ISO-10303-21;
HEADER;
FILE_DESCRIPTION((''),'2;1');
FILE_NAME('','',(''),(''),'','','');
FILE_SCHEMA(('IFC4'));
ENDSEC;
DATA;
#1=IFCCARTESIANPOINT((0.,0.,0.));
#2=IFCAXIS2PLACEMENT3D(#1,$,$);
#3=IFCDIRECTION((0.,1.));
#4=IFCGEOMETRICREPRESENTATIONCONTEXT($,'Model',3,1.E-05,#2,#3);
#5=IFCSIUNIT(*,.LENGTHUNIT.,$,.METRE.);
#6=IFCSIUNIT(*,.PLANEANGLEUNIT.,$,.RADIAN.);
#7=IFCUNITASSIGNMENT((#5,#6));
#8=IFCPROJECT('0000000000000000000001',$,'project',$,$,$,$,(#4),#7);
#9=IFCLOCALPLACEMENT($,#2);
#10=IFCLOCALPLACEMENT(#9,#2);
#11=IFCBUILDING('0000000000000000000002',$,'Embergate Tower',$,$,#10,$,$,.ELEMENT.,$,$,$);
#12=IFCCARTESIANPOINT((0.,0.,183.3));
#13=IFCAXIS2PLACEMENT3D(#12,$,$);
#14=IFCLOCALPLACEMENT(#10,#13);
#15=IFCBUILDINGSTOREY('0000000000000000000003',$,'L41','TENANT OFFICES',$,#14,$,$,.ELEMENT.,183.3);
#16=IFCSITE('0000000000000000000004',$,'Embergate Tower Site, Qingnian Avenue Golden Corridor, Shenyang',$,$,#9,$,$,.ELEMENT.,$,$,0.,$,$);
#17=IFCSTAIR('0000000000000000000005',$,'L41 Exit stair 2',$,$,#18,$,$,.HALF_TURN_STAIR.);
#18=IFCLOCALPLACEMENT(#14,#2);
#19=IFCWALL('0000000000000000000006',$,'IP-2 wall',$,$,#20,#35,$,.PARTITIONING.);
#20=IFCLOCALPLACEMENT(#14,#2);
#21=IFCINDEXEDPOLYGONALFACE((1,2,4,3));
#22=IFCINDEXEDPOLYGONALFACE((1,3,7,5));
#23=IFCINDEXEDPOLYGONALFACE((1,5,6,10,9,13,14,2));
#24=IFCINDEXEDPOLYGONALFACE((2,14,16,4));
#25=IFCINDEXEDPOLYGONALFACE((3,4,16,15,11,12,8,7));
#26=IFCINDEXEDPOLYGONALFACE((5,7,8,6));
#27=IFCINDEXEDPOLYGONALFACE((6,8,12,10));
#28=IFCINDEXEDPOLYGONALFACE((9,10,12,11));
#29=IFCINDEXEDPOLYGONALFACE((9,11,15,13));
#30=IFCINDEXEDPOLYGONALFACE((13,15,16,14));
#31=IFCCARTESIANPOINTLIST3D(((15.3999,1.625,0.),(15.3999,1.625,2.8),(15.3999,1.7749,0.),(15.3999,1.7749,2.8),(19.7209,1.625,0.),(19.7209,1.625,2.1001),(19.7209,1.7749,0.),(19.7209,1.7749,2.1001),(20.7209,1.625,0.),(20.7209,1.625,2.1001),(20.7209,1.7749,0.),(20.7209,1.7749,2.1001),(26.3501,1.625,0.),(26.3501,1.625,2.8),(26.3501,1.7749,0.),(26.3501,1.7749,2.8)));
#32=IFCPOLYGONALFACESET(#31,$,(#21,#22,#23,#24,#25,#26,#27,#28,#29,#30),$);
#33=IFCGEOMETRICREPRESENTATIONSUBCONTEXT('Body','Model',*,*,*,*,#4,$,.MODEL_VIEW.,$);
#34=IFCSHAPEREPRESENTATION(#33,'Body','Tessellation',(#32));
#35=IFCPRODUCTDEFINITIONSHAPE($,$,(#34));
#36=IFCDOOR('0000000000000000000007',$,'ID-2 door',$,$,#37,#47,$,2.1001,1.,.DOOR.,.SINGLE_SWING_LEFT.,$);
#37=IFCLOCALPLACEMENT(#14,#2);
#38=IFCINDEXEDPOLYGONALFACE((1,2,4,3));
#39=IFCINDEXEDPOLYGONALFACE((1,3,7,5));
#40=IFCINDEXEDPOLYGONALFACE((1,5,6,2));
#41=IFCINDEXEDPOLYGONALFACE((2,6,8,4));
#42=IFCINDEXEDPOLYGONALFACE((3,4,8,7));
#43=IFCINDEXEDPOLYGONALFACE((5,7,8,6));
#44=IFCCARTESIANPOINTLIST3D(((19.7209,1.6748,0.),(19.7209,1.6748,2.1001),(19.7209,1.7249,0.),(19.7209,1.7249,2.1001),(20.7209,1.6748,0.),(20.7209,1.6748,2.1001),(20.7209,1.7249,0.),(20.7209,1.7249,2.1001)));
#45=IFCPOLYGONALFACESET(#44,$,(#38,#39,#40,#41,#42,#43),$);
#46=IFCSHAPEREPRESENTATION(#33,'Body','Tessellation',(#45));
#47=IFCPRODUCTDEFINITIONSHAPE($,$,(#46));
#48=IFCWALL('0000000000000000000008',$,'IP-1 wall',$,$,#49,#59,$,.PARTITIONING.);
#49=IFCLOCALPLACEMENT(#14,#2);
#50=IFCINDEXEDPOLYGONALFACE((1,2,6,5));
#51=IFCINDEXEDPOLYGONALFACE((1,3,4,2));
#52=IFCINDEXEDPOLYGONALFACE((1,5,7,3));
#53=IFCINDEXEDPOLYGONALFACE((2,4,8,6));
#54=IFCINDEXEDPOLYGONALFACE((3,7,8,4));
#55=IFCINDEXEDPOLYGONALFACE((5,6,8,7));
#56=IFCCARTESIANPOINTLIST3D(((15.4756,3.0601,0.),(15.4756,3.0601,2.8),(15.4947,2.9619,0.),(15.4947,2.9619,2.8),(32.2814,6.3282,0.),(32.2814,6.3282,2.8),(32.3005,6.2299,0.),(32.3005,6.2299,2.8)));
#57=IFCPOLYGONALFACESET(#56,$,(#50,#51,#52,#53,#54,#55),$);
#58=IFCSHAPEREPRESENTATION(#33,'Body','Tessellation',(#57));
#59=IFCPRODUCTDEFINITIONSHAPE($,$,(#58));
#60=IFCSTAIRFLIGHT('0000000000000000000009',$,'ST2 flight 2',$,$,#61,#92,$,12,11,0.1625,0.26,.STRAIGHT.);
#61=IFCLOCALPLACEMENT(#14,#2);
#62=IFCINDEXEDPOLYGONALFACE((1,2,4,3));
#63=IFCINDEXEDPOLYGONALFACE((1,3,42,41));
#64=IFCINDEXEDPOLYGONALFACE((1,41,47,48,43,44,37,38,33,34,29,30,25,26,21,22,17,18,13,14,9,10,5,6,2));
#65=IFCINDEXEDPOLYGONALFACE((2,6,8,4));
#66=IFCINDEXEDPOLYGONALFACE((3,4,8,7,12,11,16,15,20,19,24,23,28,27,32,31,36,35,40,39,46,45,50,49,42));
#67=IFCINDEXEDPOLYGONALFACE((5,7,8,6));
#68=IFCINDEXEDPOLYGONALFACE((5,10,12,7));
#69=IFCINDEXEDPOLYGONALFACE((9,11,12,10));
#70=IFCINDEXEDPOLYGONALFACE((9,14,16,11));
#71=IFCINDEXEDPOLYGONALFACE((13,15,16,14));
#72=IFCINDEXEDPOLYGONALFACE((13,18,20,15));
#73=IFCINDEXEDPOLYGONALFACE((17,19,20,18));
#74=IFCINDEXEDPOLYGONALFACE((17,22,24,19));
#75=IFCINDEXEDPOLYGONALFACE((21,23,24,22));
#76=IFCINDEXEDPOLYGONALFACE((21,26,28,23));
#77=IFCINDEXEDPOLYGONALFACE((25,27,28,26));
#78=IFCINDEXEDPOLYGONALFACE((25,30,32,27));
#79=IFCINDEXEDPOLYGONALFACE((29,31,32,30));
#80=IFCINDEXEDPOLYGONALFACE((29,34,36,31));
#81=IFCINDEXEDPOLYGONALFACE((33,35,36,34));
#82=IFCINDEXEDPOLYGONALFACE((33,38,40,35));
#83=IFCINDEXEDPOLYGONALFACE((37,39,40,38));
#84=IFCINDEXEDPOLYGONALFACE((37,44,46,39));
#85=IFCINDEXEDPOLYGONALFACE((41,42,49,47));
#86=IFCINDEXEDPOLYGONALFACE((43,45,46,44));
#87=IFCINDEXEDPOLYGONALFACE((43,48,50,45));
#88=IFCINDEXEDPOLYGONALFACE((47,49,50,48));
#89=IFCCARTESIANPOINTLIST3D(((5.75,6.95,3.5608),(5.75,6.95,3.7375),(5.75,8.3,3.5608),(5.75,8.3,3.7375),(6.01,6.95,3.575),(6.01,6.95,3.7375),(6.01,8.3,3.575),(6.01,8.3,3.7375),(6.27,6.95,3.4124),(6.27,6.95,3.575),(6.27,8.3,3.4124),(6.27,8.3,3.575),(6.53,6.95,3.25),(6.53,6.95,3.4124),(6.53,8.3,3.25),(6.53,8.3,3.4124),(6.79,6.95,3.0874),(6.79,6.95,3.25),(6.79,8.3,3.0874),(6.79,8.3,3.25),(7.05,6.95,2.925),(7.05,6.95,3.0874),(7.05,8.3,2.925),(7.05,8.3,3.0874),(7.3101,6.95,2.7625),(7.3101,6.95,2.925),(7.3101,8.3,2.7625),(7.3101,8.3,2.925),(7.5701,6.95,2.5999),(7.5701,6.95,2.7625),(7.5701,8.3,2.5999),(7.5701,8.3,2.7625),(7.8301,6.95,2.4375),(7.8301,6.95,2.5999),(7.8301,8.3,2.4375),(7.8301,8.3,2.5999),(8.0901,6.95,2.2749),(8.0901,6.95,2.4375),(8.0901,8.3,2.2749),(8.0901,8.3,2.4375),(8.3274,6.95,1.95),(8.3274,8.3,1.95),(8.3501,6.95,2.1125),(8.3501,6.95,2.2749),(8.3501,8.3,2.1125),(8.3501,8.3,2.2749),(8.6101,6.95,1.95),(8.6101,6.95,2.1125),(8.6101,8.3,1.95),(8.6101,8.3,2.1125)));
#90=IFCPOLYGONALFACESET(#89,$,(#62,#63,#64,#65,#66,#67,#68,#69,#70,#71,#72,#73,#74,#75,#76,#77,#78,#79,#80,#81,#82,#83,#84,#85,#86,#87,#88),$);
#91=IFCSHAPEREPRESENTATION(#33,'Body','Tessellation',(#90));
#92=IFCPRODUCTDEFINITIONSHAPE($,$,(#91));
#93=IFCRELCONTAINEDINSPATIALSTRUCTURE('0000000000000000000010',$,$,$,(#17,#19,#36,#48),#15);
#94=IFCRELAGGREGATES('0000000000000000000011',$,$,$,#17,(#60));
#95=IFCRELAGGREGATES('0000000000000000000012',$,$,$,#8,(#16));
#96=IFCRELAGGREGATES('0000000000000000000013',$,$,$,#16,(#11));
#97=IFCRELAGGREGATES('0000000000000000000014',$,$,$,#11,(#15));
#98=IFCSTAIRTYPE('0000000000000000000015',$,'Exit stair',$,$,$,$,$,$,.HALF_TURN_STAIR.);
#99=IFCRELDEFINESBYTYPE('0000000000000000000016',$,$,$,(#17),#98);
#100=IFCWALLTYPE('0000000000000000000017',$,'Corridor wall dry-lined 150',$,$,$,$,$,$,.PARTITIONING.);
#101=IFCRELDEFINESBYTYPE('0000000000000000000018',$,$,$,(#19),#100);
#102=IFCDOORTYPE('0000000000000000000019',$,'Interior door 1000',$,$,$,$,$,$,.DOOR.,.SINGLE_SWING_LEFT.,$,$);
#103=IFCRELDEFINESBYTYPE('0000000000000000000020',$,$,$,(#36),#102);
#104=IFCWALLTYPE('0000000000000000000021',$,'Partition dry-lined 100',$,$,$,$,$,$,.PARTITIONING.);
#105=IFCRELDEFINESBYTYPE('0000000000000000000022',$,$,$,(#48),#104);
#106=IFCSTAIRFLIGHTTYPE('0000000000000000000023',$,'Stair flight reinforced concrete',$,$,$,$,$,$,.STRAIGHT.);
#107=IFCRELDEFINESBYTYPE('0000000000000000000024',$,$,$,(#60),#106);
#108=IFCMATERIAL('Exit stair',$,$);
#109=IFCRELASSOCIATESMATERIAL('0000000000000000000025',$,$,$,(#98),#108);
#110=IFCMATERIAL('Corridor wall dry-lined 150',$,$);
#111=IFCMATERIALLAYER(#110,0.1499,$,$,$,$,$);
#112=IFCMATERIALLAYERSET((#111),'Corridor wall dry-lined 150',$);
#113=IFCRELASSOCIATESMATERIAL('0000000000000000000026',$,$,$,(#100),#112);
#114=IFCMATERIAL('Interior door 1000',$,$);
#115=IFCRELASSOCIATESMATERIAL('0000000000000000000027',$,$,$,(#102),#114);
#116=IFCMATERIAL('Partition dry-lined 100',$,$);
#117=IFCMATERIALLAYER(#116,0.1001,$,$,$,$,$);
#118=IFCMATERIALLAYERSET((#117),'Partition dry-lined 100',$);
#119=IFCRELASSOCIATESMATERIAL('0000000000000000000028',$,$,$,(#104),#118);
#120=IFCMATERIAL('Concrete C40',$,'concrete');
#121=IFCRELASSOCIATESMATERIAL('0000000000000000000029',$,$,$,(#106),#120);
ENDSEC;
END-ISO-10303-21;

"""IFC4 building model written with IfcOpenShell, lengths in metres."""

from ifc_helpers import new_model, si_unit, direction, frame, frame_2d, origin, place, context, subcontext, project, spatial, polyline, rectangle, outline, extrude, source, transform, mapped, material, layer, layer_set, type_object, element, fill, aggregate, save


model = new_model("IFC4")

# Units and contexts
model_context = context("Model", 3, precision=1e-05, world=origin(), true_north=direction((0.0, 1.0)))
body_context = subcontext(model_context, "Body", "Model", "MODEL_VIEW")
ifc_project = project(units=[si_unit("LENGTHUNIT", "METRE"), si_unit("PLANEANGLEUNIT", "RADIAN")], contexts=[model_context])

# Site, building, storey
site_placement = place(None, origin())
site = spatial("IfcSite", under=ifc_project, at=site_placement, Name="Embergate Tower Site, Qingnian Avenue Golden Corridor, Shenyang", CompositionType="ELEMENT", RefElevation=0.0)
building_placement = place(site_placement, origin())
building = spatial("IfcBuilding", under=site, at=building_placement, Name="Embergate Tower", CompositionType="ELEMENT")
storey_placement = place(building_placement, frame((0.0, 0.0, 183.3)))
storey = spatial("IfcBuildingStorey", under=building, at=storey_placement, Name="L41", Description="TENANT OFFICES", CompositionType="ELEMENT", Elevation=183.3)

# Stair
ifc_material_1 = material(Name="Exit stair")
stair_type = type_object("IfcStairType", Name="Exit stair", PredefinedType="HALF_TURN_STAIR", material=ifc_material_1)
stair_placement = place(storey_placement, origin())
stair = element("IfcStair", 1, at=stair_placement, inside=storey, type_object=stair_type, Name="L41 Exit stair 2", PredefinedType="HALF_TURN_STAIR")
ifc_material_2 = material(Name="Concrete C40", Category="concrete")

# Wall, opening, door
ifc_material_3 = material(Name="Corridor wall dry-lined 150")
ifc_layer_1 = layer(ifc_material_3, 0.1499)
ifc_layer_set_1 = layer_set([ifc_layer_1], Name="Corridor wall dry-lined 150")
wall_type_1 = type_object("IfcWallType", Name="Corridor wall dry-lined 150", PredefinedType="PARTITIONING", material=ifc_layer_set_1)
shared_shape_1 = source(origin(), body_context, "Body", "SweptSolid", [
    extrude(rectangle(XDim=10.9502, YDim=0.1499, at=frame_2d((5.4751, 0.0))), origin(), (0.0, 0.0, 1.0), 2.8),
])
wall_1_placement = place(storey_placement, frame((15.3999, 1.7, 0.0), z_axis=(0.0, 0.0, 1.0), x_axis=(1.0, 0.0, 0.0)))
wall_1 = element("IfcWall", 2, at=wall_1_placement, inside=storey, type_object=wall_type_1, Name="IP-2 wall", PredefinedType="PARTITIONING", context=body_context, shape_type="MappedRepresentation", body=[
    mapped(shared_shape_1, transform((0.0, 0.0, 0.0))),
])
shared_shape_2 = source(origin(), body_context, "Body", "SweptSolid", [
    extrude(rectangle(XDim=1.0, YDim=2.1001, at=frame_2d((0.5, 1.05))), frame((0.0, 0.085, 0.0), z_axis=(0.0, -1.0, 0.0), x_axis=(1.0, 0.0, 0.0)), (0.0, 0.0, 1.0), 0.1699),
])
opening_1_placement = place(wall_1_placement, frame((4.321, 0.0, 0.0)))
opening_1 = element("IfcOpeningElement", 3, at=opening_1_placement, cuts=wall_1, PredefinedType="OPENING", context=body_context, shape_type="MappedRepresentation", body=[
    mapped(shared_shape_2, transform((0.0, 0.0, 0.0))),
])
ifc_material_4 = material(Name="Interior door 1000")
door_type_1 = type_object("IfcDoorType", Name="Interior door 1000", OperationType="SINGLE_SWING_LEFT", PredefinedType="DOOR", material=ifc_material_4)
shared_shape_3 = source(origin(), body_context, "Body", "SweptSolid", [
    extrude(rectangle(XDim=1.0, YDim=2.1001, at=frame_2d((0.5, 1.05))), frame((0.0, 0.0249, 0.0), z_axis=(0.0, -1.0, 0.0), x_axis=(1.0, 0.0, 0.0)), (0.0, 0.0, 1.0), 0.05),
])
door_1_placement = place(opening_1_placement, origin())
door_1 = element("IfcDoor", 4, at=door_1_placement, inside=storey, type_object=door_type_1, Name="ID-2 door", OperationType="SINGLE_SWING_LEFT", OverallHeight=2.1001, OverallWidth=1.0, PredefinedType="DOOR", context=body_context, shape_type="MappedRepresentation", body=[
    mapped(shared_shape_3, transform((0.0, 0.0, 0.0))),
])
fill(opening_1, door_1)

# Wall
ifc_material_5 = material(Name="Partition dry-lined 100")
ifc_layer_2 = layer(ifc_material_5, 0.1001)
ifc_layer_set_2 = layer_set([ifc_layer_2], Name="Partition dry-lined 100")
wall_type_2 = type_object("IfcWallType", Name="Partition dry-lined 100", PredefinedType="PARTITIONING", material=ifc_layer_set_2)
shared_shape_4 = source(origin(), body_context, "Body", "SweptSolid", [
    extrude(rectangle(XDim=17.1206, YDim=0.1001, at=frame_2d((8.5603, 0.0))), origin(), (0.0, 0.0, 1.0), 2.8),
])
wall_2_placement = place(storey_placement, frame((15.4851, 3.011, 0.0), z_axis=(0.0, 0.0, 1.0), x_axis=(0.981613, 0.190884, 0.0)))
element("IfcWall", 5, at=wall_2_placement, inside=storey, type_object=wall_type_2, Name="IP-1 wall", PredefinedType="PARTITIONING", context=body_context, shape_type="MappedRepresentation", body=[
    mapped(shared_shape_4, transform((0.0, 0.0, 0.0))),
])

# Stair flight
stair_flight_type = type_object("IfcStairFlightType", Name="Stair flight reinforced concrete", PredefinedType="STRAIGHT", material=ifc_material_2)
shared_shape_5 = source(origin(), body_context, "Body", "SweptSolid", [
    extrude(outline(polyline([(0.0, 0.0), (0.0, 0.1626), (0.26, 0.1626), (0.26, 0.325), (0.52, 0.325), (0.52, 0.4875), (0.78, 0.4875), (0.78, 0.6499), (1.04, 0.6499), (1.04, 0.8125), (1.3, 0.8125), (1.3, 0.9751), (1.5601, 0.9751), (1.5601, 1.1375), (1.8201, 1.1375), (1.8201, 1.3), (2.0801, 1.3), (2.0801, 1.4624), (2.3401, 1.4624), (2.3401, 1.625), (2.6001, 1.625), (2.6001, 1.7876), (2.8601, 1.7876), (2.8601, 1.95), (2.8601, 1.6108), (0.2827, 0.0), (0.0, 0.0)])), frame((0.0, 0.675, 0.0), z_axis=(0.0, -1.0, 0.0), x_axis=(1.0, 0.0, 0.0)), (0.0, 0.0, 1.0), 1.3501),
])
stair_flight_placement = place(storey_placement, frame((8.6101, 7.625, 1.95), z_axis=(0.0, 0.0, 1.0), x_axis=(-1.0, 0.0, 0.0)))
stair_flight = element("IfcStairFlight", 6, at=stair_flight_placement, type_object=stair_flight_type, Name="ST2 flight 2", NumberOfRisers=12, NumberOfTreads=11, PredefinedType="STRAIGHT", RiserHeight=0.1625, TreadLength=0.26, context=body_context, shape_type="MappedRepresentation", body=[
    mapped(shared_shape_5, transform((0.0, 0.0, 0.0))),
])
aggregate(stair, [stair_flight])

save(model, "model.ifc")
